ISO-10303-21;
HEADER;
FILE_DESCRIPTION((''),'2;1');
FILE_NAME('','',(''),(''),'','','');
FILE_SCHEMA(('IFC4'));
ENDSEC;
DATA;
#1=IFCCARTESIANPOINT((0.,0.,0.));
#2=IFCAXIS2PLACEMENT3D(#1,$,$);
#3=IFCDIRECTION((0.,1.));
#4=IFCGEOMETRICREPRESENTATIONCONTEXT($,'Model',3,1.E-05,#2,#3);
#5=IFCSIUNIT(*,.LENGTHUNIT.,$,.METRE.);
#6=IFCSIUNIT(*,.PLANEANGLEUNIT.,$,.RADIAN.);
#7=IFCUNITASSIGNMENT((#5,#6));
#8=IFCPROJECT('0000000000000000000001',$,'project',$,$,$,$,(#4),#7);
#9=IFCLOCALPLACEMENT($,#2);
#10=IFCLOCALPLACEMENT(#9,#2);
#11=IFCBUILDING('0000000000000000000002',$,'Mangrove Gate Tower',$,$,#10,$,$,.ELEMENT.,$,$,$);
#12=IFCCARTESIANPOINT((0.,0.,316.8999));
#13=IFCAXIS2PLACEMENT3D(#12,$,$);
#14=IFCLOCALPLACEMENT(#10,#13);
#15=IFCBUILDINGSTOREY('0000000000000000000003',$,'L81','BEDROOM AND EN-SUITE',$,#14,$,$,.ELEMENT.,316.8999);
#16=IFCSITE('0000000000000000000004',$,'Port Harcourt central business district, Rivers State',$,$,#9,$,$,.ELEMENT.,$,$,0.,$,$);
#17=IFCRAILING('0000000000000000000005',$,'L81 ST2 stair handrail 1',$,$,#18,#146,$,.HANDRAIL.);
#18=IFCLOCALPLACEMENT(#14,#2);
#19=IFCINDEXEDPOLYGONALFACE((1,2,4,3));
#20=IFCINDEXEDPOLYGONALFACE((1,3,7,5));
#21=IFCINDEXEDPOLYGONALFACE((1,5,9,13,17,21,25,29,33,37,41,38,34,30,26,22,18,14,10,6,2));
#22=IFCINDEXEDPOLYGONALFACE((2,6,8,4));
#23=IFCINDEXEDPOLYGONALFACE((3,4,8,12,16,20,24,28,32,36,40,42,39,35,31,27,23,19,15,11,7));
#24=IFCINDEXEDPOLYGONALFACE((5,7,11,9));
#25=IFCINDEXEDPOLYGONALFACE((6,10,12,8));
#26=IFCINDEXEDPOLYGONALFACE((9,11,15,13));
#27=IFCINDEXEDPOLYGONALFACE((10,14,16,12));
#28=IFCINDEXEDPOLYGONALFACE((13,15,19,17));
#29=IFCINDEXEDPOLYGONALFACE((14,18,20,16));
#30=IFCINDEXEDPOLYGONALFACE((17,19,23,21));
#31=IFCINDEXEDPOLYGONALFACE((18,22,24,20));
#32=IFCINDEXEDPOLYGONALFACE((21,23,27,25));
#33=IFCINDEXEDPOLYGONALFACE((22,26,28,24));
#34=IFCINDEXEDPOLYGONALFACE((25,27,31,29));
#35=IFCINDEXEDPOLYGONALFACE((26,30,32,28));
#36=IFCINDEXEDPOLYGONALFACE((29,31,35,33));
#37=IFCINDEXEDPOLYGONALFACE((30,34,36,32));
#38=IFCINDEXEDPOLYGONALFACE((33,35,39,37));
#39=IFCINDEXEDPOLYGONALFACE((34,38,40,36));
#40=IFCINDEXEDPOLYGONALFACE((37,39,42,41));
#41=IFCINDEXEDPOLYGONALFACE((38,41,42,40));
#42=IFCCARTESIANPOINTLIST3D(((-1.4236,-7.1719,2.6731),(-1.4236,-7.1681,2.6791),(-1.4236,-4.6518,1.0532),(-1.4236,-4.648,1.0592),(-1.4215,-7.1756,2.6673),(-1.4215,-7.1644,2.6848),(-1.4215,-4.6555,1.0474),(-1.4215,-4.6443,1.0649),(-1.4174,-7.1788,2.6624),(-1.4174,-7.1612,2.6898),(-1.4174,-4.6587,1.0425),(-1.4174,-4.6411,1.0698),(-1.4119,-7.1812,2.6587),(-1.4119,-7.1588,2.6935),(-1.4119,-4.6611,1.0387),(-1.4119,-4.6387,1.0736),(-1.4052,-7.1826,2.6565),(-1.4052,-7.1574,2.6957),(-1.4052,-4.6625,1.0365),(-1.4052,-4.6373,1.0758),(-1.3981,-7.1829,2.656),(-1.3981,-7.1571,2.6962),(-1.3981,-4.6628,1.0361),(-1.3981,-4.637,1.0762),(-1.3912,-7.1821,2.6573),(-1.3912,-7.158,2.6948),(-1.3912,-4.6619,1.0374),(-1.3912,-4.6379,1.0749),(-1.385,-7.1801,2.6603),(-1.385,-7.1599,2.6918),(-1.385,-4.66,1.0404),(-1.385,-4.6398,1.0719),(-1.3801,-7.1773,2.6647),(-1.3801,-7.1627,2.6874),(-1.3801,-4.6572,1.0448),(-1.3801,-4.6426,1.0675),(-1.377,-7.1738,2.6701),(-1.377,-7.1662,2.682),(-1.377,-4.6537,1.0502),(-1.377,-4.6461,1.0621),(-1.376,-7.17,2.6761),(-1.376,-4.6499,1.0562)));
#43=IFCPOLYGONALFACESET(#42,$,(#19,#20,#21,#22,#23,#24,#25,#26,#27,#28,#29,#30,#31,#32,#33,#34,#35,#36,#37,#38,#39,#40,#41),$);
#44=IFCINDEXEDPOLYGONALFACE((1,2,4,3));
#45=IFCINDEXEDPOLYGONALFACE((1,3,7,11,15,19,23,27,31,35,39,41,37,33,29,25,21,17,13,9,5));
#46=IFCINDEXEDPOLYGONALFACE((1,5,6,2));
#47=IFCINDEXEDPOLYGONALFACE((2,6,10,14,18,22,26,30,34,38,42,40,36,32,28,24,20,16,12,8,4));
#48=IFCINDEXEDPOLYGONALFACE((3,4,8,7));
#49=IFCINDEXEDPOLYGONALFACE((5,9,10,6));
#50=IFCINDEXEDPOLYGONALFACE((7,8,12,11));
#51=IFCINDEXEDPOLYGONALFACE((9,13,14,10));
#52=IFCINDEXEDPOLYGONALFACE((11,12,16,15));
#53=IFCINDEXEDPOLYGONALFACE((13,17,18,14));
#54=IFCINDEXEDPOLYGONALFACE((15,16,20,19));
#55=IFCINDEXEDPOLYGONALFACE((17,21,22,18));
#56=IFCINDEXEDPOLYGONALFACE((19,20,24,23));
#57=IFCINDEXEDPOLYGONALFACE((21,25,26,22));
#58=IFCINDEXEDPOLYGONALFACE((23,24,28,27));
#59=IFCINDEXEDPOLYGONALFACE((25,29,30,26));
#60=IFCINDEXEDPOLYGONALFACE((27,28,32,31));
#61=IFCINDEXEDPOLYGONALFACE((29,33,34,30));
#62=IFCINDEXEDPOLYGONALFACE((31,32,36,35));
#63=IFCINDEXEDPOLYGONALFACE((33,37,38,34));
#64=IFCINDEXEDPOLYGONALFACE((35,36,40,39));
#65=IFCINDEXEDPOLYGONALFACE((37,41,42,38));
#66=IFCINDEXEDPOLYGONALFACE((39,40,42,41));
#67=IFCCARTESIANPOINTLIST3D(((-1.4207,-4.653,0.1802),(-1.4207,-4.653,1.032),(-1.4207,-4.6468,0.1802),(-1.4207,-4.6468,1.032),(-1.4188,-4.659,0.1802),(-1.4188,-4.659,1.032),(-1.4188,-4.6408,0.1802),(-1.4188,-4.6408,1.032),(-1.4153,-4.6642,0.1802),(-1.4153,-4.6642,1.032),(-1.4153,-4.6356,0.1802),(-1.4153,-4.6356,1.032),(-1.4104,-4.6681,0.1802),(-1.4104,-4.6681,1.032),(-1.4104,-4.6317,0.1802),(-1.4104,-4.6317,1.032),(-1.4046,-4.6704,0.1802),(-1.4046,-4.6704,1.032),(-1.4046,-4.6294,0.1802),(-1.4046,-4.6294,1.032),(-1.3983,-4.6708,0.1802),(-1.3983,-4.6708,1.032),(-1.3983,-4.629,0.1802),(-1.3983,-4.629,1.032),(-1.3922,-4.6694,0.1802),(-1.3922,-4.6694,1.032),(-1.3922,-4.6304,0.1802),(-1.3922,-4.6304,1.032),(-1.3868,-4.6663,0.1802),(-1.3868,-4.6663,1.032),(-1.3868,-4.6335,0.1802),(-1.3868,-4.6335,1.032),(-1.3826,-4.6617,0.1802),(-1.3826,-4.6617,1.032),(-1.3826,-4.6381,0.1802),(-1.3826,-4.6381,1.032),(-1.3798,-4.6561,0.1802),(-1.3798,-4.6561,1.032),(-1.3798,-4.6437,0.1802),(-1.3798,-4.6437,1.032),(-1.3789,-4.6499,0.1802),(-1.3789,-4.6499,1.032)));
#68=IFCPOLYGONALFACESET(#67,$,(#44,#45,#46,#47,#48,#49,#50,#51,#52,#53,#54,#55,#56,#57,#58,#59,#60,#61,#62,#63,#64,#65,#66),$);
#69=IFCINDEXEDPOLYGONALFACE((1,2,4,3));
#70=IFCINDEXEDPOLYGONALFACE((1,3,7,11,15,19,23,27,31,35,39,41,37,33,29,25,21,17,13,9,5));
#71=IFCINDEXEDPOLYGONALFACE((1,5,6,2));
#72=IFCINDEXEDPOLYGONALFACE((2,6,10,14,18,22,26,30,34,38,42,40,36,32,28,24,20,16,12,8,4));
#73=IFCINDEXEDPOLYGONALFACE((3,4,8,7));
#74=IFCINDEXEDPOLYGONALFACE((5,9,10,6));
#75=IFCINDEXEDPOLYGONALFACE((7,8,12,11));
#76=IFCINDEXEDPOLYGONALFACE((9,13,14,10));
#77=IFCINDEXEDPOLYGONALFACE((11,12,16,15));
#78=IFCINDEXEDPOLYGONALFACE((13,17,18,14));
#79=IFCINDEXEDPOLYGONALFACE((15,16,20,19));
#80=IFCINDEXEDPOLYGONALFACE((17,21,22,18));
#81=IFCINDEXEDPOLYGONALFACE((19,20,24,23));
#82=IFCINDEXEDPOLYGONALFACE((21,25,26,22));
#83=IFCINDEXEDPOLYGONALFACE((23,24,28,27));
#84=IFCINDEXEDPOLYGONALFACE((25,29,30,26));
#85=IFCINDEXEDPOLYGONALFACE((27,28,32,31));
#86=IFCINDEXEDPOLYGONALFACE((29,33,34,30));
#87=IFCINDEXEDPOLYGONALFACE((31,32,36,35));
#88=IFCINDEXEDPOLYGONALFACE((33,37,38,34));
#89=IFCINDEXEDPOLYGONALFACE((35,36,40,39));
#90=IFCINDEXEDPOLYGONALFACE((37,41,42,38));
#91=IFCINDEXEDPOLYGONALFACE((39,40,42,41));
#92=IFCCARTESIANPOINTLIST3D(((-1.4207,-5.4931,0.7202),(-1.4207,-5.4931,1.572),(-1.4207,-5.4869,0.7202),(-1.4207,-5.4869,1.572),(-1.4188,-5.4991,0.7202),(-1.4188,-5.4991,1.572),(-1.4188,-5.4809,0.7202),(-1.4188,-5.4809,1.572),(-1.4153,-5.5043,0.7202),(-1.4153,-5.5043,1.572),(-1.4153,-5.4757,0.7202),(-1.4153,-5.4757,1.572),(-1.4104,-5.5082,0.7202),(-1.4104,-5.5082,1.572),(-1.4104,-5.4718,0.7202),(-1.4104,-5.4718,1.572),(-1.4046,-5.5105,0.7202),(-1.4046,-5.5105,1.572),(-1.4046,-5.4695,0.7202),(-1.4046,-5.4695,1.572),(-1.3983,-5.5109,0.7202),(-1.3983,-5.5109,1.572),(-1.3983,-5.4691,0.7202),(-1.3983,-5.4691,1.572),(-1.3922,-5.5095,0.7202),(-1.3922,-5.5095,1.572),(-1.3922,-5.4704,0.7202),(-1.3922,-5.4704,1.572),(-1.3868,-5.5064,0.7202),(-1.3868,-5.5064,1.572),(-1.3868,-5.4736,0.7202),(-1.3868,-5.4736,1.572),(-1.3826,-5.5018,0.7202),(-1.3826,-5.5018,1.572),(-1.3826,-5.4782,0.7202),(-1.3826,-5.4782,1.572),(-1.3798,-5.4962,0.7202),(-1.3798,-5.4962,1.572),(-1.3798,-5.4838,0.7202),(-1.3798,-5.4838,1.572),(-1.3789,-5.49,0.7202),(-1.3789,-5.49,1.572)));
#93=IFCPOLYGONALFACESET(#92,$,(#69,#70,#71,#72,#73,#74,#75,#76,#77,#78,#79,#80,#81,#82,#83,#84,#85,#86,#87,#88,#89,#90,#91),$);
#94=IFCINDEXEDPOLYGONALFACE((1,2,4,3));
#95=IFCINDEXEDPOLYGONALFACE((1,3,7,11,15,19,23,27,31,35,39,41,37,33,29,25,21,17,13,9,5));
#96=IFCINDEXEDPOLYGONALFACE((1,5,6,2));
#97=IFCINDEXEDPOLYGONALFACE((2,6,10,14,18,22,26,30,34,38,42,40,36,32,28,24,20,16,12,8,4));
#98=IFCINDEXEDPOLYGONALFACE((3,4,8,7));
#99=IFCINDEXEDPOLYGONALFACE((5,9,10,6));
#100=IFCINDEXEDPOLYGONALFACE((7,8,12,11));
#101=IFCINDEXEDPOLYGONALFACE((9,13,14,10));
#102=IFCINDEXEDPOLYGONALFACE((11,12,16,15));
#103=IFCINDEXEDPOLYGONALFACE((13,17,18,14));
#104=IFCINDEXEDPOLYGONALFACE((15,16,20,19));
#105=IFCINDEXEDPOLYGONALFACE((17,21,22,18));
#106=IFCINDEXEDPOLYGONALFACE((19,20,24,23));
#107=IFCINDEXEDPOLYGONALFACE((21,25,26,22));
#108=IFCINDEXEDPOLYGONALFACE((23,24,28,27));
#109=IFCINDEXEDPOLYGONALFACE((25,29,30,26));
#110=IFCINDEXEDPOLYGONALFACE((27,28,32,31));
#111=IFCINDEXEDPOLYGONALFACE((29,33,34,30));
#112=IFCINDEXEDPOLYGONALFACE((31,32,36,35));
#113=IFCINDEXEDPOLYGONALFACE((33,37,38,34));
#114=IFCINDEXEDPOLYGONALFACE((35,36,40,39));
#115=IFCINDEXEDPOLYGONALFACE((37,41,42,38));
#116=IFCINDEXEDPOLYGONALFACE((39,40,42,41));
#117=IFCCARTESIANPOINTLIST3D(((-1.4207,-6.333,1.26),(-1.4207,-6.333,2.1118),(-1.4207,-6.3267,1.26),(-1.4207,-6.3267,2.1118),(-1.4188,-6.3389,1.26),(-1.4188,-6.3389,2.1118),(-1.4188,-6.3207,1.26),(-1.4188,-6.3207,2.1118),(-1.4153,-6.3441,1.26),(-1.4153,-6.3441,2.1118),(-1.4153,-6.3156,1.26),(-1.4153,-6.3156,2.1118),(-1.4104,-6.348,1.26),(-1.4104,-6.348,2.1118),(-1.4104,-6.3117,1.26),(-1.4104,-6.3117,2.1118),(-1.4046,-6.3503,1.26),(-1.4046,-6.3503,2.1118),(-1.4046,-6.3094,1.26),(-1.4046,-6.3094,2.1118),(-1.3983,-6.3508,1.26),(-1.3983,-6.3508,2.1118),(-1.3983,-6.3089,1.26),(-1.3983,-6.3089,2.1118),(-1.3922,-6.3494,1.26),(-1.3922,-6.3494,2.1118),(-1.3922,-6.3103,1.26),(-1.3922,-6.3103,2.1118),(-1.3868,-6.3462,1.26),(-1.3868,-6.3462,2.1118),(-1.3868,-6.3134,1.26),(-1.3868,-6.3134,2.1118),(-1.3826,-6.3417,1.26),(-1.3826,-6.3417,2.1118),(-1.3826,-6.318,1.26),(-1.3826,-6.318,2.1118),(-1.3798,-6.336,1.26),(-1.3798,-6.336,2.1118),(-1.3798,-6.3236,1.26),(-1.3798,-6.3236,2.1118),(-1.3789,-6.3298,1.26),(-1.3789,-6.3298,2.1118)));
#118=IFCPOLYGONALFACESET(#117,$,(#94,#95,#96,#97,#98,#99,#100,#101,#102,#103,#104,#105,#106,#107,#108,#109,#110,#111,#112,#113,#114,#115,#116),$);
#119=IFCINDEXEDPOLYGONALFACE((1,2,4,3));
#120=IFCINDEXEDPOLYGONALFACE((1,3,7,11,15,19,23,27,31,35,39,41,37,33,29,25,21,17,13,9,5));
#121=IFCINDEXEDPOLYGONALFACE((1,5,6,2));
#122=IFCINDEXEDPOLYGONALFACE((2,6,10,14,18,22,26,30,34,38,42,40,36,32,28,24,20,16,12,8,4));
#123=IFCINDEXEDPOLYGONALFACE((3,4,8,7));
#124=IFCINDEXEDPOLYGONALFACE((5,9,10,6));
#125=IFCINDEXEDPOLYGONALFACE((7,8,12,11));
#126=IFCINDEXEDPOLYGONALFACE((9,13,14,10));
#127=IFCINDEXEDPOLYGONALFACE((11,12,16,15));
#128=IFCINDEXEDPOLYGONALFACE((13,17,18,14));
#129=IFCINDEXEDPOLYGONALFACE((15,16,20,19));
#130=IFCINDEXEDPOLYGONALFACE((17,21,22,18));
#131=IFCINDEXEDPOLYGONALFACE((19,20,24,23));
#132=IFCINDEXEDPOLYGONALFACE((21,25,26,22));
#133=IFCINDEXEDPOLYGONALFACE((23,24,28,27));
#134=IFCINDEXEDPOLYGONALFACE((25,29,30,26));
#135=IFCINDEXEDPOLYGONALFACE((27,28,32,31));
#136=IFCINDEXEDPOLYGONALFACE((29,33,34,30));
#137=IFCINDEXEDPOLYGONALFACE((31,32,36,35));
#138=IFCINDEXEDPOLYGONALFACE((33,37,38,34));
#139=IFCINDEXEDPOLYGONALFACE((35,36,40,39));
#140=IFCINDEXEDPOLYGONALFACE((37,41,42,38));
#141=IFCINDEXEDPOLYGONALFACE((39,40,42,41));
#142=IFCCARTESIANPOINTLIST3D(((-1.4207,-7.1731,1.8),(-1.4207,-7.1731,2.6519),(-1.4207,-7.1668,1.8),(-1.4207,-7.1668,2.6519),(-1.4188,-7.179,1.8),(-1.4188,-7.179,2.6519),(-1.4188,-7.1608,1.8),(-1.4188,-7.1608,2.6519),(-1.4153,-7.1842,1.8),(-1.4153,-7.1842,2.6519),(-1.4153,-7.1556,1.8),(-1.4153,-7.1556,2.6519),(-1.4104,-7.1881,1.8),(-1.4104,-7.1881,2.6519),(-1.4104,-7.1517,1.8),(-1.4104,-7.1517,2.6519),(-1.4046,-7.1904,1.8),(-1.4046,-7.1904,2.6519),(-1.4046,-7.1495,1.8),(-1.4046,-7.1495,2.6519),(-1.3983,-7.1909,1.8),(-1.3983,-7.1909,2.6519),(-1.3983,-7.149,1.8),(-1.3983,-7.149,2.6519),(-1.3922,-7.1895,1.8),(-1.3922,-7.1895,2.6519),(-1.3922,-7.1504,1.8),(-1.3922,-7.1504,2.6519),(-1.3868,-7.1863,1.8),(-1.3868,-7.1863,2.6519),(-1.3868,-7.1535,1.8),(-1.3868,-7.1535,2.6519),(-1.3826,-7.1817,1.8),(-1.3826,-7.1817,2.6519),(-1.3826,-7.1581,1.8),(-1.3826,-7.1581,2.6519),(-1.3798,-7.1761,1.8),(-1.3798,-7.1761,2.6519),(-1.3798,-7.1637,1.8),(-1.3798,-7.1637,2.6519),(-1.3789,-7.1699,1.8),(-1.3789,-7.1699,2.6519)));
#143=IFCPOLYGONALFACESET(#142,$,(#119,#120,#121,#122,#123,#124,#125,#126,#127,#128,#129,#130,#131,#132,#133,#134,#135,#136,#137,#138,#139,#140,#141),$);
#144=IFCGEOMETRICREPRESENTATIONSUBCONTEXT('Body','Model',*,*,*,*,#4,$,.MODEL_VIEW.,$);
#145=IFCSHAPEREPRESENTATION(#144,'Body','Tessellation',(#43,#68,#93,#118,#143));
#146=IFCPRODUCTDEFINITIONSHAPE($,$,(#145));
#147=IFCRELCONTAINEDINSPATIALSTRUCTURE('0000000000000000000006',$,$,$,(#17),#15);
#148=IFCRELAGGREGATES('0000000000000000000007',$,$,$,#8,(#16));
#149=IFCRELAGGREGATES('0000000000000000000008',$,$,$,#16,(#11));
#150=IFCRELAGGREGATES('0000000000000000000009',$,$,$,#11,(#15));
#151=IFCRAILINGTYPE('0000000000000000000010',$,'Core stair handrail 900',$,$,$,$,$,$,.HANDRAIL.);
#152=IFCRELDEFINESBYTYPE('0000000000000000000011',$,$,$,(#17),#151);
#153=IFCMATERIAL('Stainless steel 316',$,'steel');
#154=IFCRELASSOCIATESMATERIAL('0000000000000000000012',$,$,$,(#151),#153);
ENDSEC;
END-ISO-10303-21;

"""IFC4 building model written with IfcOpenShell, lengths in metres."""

from ifc_helpers import new_model, si_unit, direction, frame, origin, origin_2d, place, context, subcontext, project, spatial, circle, extrude, material, type_object, element, save


model = new_model("IFC4")

# Units and contexts
model_context = context("Model", 3, precision=1e-05, world=origin(), true_north=direction((0.0, 1.0)))
body_context = subcontext(model_context, "Body", "Model", "MODEL_VIEW")
ifc_project = project(units=[si_unit("LENGTHUNIT", "METRE"), si_unit("PLANEANGLEUNIT", "RADIAN")], contexts=[model_context])

# Site, building, storey
site_placement = place(None, origin())
site = spatial("IfcSite", under=ifc_project, at=site_placement, Name="Port Harcourt central business district, Rivers State", CompositionType="ELEMENT", RefElevation=0.0)
building_placement = place(site_placement, origin())
building = spatial("IfcBuilding", under=site, at=building_placement, Name="Mangrove Gate Tower", CompositionType="ELEMENT")
storey_placement = place(building_placement, frame((0.0, 0.0, 316.8999)))
storey = spatial("IfcBuildingStorey", under=building, at=storey_placement, Name="L81", Description="BEDROOM AND EN-SUITE", CompositionType="ELEMENT", Elevation=316.8999)

# Railing
ifc_material_1 = material(Name="Stainless steel 316", Category="steel")
railing_type_1 = type_object("IfcRailingType", Name="Core stair handrail 900", PredefinedType="HANDRAIL", material=ifc_material_1)
railing_1_placement = place(storey_placement, frame((-1.3999, -4.6499, 0.1802)))
element("IfcRailing", 1, at=railing_1_placement, inside=storey, type_object=railing_type_1, Name="L81 ST2 stair handrail 1", PredefinedType="HANDRAIL", context=body_context, shape_type="SweptSolid", body=[
    extrude(circle(Radius=0.0239, at=origin_2d()), frame((0.0, 0.0, 0.876), z_axis=(0.0, -0.8412, 0.540725), x_axis=(1.0, 0.0, 0.0)), (0.0, 0.0, 1.0), 2.9958),
    extrude(circle(Radius=0.021, at=origin_2d()), origin(), (0.0, 0.0, 1.0), 0.8518),
    extrude(circle(Radius=0.021, at=origin_2d()), frame((0.0, -0.8401, 0.54)), (0.0, 0.0, 1.0), 0.8518),
    extrude(circle(Radius=0.021, at=origin_2d()), frame((0.0, -1.6799, 1.0798)), (0.0, 0.0, 1.0), 0.8518),
    extrude(circle(Radius=0.021, at=origin_2d()), frame((0.0, -2.52, 1.6199)), (0.0, 0.0, 1.0), 0.8518),
])

save(model, "model.ifc")
